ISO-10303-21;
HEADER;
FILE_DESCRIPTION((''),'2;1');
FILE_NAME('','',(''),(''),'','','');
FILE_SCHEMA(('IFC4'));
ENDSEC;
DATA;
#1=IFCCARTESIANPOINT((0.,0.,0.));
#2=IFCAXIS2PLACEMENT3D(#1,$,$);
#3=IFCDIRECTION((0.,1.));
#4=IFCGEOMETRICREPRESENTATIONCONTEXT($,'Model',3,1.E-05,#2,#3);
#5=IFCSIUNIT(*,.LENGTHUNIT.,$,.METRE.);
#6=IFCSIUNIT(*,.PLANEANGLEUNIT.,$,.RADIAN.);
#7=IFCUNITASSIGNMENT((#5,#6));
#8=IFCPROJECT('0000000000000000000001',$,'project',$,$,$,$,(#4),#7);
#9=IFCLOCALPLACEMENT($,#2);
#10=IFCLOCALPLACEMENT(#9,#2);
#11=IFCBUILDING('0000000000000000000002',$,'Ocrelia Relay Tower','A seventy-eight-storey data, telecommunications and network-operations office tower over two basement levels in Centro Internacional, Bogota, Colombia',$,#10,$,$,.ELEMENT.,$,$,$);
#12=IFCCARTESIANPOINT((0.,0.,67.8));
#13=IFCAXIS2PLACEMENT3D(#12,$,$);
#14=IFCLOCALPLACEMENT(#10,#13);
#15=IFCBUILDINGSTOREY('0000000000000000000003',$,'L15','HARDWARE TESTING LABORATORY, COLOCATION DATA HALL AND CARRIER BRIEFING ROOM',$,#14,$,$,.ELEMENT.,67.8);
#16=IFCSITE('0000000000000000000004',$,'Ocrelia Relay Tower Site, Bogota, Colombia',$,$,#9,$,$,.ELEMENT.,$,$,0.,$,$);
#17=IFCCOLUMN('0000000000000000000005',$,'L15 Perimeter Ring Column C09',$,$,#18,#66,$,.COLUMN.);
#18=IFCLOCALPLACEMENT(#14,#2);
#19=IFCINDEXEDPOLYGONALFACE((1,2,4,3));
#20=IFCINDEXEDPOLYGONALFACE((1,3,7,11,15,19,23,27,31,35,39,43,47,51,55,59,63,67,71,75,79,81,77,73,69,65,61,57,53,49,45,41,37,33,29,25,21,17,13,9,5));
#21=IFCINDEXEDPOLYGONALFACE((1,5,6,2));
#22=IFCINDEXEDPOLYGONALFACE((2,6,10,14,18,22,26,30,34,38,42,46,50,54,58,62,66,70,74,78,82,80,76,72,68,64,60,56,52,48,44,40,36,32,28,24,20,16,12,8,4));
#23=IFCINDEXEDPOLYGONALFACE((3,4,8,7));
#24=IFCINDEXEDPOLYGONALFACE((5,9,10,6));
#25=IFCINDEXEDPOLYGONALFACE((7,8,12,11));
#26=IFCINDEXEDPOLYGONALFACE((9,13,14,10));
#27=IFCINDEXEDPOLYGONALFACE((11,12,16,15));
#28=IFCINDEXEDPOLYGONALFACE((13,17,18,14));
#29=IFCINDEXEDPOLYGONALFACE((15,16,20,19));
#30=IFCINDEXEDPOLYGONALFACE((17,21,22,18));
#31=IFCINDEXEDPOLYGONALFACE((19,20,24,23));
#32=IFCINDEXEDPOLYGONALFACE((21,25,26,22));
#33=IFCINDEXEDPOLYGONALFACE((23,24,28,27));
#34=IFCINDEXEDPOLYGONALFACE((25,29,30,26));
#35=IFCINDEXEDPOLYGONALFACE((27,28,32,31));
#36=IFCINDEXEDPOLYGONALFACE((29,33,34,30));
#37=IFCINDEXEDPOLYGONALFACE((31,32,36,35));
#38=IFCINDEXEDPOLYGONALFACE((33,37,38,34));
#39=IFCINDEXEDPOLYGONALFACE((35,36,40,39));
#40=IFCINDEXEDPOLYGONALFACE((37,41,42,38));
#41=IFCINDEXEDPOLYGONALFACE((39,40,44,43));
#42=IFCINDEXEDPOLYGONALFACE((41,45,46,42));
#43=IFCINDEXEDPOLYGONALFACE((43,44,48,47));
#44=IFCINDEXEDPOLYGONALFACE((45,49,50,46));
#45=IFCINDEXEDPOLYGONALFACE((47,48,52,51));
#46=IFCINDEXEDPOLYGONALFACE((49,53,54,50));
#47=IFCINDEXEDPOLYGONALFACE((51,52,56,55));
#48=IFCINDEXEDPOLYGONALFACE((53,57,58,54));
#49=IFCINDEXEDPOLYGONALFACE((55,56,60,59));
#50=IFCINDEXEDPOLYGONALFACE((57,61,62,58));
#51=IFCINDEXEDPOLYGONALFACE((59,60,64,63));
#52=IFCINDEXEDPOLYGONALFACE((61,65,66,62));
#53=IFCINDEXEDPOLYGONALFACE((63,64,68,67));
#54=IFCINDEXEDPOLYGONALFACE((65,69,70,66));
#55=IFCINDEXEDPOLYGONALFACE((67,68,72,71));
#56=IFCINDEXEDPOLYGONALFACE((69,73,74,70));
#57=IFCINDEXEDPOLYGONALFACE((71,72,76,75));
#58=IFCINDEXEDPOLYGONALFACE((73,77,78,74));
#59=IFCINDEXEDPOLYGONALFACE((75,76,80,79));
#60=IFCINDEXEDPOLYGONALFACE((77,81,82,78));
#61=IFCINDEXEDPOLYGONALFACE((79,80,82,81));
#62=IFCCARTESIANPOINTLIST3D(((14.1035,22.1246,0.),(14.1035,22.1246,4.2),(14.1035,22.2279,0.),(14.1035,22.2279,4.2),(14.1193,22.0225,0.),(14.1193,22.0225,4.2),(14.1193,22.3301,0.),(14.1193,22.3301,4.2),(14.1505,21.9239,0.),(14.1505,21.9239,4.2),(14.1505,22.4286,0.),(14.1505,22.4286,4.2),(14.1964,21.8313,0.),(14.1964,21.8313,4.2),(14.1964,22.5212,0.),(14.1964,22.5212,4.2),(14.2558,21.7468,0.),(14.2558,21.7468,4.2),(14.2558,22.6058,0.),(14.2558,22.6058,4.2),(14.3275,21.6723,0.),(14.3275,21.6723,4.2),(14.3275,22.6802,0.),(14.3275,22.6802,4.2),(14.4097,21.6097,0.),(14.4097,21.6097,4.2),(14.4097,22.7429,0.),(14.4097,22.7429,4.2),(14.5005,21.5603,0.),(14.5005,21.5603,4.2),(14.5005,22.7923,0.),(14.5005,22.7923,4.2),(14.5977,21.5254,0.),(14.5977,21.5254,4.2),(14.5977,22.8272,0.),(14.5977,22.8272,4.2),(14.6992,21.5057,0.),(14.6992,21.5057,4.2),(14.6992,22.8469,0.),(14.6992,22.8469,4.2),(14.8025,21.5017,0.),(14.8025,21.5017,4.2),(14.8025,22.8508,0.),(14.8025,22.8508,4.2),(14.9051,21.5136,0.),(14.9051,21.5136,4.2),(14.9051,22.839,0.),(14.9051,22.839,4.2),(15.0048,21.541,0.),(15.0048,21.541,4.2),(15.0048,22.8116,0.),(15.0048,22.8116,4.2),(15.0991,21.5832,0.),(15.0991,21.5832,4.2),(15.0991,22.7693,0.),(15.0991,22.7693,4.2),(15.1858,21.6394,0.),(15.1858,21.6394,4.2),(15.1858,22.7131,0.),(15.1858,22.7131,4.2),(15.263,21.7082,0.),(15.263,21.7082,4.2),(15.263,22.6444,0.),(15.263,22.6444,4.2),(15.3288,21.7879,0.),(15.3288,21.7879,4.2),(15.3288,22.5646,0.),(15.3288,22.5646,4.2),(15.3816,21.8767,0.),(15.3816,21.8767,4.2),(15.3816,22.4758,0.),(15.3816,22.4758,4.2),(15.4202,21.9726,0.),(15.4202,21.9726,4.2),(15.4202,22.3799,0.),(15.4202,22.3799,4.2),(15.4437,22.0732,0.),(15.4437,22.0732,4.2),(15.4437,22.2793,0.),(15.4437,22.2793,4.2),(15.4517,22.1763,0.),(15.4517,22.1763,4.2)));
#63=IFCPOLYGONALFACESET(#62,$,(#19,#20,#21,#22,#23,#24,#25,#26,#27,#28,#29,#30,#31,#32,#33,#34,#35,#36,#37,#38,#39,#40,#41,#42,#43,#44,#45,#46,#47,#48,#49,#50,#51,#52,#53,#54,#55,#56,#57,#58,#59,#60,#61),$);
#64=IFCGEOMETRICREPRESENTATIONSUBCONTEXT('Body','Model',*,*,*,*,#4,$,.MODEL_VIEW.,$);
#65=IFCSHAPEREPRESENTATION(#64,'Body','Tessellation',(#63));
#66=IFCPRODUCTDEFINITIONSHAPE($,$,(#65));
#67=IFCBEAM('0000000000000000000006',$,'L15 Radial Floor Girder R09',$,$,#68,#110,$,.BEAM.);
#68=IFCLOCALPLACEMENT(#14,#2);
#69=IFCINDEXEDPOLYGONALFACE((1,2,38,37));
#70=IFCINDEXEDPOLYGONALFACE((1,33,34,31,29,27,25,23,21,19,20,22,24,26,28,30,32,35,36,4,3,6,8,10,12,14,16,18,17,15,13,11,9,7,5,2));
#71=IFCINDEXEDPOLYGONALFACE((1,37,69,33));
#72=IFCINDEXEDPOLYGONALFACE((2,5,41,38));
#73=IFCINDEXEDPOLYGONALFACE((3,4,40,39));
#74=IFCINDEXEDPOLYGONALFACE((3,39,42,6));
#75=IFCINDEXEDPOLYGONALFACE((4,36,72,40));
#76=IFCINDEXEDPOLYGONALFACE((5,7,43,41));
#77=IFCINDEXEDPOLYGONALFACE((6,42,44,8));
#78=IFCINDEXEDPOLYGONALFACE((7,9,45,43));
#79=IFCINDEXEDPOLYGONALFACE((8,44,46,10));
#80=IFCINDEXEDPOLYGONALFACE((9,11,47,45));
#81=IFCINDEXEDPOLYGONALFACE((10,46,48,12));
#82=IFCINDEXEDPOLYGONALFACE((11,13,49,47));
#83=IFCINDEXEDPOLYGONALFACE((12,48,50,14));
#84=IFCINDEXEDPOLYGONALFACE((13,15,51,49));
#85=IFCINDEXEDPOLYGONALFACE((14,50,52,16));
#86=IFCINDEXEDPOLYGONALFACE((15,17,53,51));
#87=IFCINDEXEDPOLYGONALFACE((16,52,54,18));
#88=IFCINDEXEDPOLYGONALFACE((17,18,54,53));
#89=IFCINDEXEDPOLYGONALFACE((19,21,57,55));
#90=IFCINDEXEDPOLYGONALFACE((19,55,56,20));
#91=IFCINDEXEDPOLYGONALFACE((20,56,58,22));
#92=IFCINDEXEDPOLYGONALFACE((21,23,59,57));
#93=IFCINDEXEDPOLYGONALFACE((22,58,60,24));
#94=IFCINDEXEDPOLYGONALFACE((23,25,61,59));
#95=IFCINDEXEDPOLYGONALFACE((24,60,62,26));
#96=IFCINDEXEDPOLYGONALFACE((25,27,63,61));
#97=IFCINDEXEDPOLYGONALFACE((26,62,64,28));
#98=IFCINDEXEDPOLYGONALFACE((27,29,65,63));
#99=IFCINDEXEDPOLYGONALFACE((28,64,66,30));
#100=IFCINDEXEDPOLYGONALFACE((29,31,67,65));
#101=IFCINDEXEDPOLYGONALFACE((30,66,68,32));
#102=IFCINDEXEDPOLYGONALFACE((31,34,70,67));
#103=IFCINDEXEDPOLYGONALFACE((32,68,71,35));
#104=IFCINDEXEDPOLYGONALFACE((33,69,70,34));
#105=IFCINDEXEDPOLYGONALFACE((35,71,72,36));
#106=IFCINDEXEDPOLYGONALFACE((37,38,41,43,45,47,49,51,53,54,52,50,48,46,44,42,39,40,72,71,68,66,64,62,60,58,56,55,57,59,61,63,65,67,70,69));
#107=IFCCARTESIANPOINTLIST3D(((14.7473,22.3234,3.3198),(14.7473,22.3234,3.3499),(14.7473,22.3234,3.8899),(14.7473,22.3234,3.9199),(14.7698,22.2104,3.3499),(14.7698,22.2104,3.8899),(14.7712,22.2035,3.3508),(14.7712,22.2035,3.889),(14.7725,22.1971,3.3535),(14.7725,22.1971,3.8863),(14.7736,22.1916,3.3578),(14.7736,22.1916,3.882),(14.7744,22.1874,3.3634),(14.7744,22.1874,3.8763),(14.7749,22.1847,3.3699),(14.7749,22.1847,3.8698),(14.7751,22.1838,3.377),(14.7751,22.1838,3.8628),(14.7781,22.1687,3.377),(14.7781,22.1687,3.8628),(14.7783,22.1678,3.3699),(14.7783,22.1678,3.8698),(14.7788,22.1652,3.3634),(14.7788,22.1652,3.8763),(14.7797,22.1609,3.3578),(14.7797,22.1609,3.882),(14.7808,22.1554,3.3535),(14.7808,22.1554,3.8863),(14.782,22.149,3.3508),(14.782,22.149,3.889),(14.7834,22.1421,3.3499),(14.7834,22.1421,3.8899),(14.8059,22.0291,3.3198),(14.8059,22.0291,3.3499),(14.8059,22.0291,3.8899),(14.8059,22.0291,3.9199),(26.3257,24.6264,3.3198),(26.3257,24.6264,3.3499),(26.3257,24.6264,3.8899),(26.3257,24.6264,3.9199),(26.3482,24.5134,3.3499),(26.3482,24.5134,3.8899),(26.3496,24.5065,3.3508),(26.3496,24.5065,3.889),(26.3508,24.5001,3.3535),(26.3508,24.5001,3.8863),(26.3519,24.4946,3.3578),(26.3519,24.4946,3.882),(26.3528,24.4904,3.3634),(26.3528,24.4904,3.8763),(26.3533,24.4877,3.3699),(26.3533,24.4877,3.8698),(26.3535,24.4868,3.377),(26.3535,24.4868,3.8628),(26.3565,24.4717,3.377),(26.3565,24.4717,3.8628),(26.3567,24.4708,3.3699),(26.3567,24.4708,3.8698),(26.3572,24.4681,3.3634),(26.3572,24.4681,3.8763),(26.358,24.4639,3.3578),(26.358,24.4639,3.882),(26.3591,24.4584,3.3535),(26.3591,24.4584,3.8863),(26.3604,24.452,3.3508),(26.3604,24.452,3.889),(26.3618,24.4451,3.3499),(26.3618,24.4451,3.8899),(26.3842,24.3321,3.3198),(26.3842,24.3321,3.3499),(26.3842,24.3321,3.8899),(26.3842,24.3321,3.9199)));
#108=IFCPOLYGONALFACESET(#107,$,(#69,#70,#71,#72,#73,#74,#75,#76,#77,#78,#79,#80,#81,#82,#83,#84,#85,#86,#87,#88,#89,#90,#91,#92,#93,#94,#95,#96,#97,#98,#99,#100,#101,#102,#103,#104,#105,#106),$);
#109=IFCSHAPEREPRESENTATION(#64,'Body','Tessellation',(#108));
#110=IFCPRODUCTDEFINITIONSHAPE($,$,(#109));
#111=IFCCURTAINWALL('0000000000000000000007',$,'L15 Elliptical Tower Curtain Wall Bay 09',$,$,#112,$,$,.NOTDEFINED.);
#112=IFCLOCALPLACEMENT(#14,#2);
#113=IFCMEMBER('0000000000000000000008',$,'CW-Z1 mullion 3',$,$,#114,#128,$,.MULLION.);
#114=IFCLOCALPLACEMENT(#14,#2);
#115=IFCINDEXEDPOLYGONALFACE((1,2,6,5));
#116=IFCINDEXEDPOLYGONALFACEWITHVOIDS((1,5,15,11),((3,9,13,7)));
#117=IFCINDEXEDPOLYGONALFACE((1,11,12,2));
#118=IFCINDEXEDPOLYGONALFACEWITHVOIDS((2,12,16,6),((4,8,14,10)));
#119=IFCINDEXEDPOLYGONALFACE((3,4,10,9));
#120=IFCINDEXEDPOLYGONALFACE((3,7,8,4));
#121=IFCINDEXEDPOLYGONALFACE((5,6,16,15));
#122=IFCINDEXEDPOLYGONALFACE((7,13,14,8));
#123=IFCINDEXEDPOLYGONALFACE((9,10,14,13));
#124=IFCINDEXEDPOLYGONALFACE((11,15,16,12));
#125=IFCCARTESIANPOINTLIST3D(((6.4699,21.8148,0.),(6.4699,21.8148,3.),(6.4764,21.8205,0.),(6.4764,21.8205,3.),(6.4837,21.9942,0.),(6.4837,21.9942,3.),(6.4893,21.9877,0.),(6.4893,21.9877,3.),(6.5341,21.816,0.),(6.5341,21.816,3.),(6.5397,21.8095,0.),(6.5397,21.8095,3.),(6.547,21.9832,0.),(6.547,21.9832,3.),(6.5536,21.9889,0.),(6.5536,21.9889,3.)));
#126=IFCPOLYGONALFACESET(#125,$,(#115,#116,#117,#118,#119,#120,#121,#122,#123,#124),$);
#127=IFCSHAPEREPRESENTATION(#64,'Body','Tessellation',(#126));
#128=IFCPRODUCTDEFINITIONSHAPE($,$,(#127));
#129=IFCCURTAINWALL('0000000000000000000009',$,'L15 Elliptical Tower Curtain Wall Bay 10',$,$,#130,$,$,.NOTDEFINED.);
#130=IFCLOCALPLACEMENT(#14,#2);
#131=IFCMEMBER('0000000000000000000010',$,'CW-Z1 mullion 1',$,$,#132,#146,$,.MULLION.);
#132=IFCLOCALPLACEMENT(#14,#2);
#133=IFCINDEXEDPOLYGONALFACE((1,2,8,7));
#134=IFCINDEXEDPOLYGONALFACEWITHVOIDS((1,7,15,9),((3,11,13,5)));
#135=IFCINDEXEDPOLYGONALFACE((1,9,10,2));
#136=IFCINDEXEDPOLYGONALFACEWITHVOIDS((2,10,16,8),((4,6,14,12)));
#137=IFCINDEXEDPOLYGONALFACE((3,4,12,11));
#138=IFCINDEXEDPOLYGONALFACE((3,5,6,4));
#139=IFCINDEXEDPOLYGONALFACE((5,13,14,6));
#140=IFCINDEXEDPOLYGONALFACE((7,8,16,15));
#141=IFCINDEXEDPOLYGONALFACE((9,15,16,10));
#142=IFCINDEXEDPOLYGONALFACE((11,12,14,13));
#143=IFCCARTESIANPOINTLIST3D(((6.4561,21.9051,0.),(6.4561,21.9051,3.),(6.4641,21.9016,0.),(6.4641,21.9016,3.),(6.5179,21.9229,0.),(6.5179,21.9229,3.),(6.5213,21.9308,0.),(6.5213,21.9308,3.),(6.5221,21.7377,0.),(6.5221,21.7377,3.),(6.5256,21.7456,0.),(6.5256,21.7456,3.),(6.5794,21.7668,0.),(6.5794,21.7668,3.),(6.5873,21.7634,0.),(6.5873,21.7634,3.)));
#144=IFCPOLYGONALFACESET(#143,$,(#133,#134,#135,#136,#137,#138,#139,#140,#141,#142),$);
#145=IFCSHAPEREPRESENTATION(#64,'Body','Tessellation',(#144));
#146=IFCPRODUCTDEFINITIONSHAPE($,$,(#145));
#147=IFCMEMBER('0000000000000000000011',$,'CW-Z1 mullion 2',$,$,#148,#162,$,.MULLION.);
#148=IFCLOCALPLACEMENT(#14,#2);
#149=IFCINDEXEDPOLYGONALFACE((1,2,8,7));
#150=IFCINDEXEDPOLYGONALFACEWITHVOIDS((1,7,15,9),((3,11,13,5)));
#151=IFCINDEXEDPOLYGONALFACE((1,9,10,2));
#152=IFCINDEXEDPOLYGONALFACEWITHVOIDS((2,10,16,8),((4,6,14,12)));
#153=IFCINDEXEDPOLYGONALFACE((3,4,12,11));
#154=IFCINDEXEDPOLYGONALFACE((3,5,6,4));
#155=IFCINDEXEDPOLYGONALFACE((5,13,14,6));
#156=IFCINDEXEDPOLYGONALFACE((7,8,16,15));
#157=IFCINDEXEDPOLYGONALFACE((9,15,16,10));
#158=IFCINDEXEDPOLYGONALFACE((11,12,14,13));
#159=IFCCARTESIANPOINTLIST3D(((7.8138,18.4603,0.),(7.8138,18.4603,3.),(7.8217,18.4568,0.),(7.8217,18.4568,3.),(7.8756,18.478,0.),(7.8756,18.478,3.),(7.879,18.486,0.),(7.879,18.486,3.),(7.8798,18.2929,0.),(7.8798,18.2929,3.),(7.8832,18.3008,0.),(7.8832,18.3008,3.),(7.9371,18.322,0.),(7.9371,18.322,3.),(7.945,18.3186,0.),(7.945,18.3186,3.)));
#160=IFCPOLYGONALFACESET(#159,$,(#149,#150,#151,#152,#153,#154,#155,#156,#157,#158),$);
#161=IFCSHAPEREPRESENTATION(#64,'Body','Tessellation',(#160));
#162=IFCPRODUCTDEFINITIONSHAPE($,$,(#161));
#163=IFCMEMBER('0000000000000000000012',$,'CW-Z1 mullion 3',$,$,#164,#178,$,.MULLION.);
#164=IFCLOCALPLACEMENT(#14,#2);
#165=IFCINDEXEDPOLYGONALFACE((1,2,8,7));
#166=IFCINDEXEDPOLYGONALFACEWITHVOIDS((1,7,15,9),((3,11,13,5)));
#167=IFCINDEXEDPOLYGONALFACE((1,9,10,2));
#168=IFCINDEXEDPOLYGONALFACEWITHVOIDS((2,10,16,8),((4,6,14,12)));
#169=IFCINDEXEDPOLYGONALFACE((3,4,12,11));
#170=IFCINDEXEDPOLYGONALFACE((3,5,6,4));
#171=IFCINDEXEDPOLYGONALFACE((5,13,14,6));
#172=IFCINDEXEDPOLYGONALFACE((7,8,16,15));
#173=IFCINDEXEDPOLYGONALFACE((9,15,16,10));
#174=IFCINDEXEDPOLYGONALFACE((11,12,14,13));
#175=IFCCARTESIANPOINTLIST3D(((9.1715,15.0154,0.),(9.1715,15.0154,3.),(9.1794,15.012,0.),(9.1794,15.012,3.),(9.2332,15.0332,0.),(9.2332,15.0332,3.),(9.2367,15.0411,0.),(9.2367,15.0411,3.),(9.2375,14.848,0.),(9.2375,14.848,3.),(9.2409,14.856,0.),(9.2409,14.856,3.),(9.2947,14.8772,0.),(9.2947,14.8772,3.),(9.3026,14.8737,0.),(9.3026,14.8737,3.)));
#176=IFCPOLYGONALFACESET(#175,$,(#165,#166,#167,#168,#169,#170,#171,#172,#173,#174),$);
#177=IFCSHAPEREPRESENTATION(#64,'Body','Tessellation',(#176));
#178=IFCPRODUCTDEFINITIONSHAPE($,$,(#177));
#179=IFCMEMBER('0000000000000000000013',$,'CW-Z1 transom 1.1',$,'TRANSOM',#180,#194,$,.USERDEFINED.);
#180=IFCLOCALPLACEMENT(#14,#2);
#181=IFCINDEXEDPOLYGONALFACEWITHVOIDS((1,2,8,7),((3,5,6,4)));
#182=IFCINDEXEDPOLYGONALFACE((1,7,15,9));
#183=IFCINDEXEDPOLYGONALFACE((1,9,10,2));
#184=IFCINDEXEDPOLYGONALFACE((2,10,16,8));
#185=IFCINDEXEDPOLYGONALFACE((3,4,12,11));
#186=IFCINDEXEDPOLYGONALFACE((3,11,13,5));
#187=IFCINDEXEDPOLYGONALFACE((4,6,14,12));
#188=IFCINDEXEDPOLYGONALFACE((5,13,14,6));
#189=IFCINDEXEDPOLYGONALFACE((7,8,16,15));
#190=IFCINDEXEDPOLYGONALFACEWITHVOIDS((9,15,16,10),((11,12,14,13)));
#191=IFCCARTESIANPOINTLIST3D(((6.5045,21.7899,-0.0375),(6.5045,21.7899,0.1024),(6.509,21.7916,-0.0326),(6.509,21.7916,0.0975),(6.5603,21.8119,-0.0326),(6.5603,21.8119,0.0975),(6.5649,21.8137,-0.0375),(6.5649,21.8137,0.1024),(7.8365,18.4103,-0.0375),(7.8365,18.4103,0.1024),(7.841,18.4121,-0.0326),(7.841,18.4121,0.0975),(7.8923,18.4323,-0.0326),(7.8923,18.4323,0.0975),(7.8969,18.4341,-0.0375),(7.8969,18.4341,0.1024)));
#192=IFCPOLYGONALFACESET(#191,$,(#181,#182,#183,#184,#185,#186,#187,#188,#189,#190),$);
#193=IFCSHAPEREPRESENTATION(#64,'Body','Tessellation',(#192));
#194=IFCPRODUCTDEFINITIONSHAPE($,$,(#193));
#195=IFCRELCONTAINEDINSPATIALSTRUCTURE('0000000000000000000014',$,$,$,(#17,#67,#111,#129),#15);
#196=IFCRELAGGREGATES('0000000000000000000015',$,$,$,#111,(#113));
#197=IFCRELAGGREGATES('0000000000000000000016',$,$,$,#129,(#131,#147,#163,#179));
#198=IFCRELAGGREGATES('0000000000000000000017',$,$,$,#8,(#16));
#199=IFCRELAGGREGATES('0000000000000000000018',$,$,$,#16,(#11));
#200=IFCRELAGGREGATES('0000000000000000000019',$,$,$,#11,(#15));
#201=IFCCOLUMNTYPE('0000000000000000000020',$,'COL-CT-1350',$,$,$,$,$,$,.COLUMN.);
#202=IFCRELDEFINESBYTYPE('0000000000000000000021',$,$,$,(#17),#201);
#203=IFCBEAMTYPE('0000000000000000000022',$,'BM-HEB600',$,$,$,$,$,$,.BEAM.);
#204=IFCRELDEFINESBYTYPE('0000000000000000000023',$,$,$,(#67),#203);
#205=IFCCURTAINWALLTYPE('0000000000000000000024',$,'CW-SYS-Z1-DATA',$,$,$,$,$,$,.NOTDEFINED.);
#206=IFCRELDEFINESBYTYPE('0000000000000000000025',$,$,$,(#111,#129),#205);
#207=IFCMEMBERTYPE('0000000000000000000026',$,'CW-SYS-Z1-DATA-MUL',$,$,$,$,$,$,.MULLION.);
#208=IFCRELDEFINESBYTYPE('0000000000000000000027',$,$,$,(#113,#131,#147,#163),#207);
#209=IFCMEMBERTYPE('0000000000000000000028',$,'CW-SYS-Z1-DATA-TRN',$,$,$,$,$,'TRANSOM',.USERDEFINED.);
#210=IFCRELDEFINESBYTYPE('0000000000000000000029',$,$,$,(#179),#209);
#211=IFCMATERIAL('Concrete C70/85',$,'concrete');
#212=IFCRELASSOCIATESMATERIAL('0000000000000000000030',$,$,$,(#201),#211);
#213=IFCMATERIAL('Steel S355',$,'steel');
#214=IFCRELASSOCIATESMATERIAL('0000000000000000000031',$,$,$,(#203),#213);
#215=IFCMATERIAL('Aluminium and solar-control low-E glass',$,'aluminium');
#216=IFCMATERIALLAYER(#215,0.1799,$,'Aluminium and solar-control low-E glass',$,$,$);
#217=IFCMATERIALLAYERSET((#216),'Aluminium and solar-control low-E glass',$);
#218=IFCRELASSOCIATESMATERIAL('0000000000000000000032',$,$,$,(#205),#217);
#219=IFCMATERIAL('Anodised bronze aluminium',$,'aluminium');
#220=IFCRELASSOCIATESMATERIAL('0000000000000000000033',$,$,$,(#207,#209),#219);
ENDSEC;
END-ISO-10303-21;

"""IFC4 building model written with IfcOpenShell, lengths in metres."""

from ifc_helpers import new_model, si_unit, direction, frame, origin, origin_2d, place, context, subcontext, project, spatial, hollow_rectangle, circle, i_section, extrude, material, layer, layer_set, material_profile, profile_set, type_object, element, aggregate, save


model = new_model("IFC4")

# Units and contexts
model_context = context("Model", 3, precision=1e-05, world=origin(), true_north=direction((0.0, 1.0)))
body_context = subcontext(model_context, "Body", "Model", "MODEL_VIEW")
ifc_project = project(units=[si_unit("LENGTHUNIT", "METRE"), si_unit("PLANEANGLEUNIT", "RADIAN")], contexts=[model_context])

# Site, building, storey
site_placement = place(None, origin())
site = spatial("IfcSite", under=ifc_project, at=site_placement, Name="Ocrelia Relay Tower Site, Bogota, Colombia", CompositionType="ELEMENT", RefElevation=0.0)
building_placement = place(site_placement, origin())
building = spatial("IfcBuilding", under=site, at=building_placement, Name="Ocrelia Relay Tower", Description="A seventy-eight-storey data, telecommunications and network-operations office tower over two basement levels in Centro Internacional, Bogota, Colombia", CompositionType="ELEMENT")
storey_placement = place(building_placement, frame((0.0, 0.0, 67.8)))
storey = spatial("IfcBuildingStorey", under=building, at=storey_placement, Name="L15", Description="HARDWARE TESTING LABORATORY, COLOCATION DATA HALL AND CARRIER BRIEFING ROOM", CompositionType="ELEMENT", Elevation=67.8)

# Column
ifc_material_1 = material(Name="Concrete C70/85", Category="concrete")
ifc_material_profile_1 = material_profile(ifc_material_1, circle(Radius=0.675, at=origin_2d()), Name="RC-CIR-1350")
ifc_profile_set_1 = profile_set([ifc_material_profile_1], Name="Concrete C70/85")
column_type = type_object("IfcColumnType", Name="COL-CT-1350", PredefinedType="COLUMN", material=ifc_profile_set_1)
column_placement = place(storey_placement, frame((14.7766, 22.1763, 0.0), z_axis=(0.0, 0.0, 1.0), x_axis=(1.0, 0.0, 0.0)))
element("IfcColumn", 1, at=column_placement, inside=storey, type_object=column_type, Name="L15 Perimeter Ring Column C09", PredefinedType="COLUMN", context=body_context, shape_type="SweptSolid", body=[
    extrude(circle(Radius=0.675, at=origin_2d()), origin(), (0.0, 0.0, 1.0), 4.2),
])

# Beam
ifc_material_2 = material(Name="Steel S355", Category="steel")
ifc_material_profile_2 = material_profile(ifc_material_2, i_section(OverallWidth=0.3, OverallDepth=0.6001, WebThickness=0.0154, FlangeThickness=0.03, FilletRadius=0.0271, at=origin_2d()), Name="HEB 600")
ifc_profile_set_2 = profile_set([ifc_material_profile_2], Name="Steel S355")
beam_type = type_object("IfcBeamType", Name="BM-HEB600", PredefinedType="BEAM", material=ifc_profile_set_2)
beam_placement = place(storey_placement, frame((14.7766, 22.1763, 3.6199), z_axis=(0.980787, 0.195082, 0.0), x_axis=(-0.195082, 0.980787, 0.0)))
element("IfcBeam", 2, at=beam_placement, inside=storey, type_object=beam_type, Name="L15 Radial Floor Girder R09", PredefinedType="BEAM", context=body_context, shape_type="SweptSolid", body=[
    extrude(i_section(OverallWidth=0.3, OverallDepth=0.6001, WebThickness=0.0154, FlangeThickness=0.03, FilletRadius=0.0271, at=origin_2d()), origin(), (0.0, 0.0, 1.0), 11.8052),
])

# Curtain wall, member
ifc_material_3 = material(Name="Aluminium and solar-control low-E glass", Category="aluminium")
ifc_layer_1 = layer(ifc_material_3, 0.1799, Name="Aluminium and solar-control low-E glass")
ifc_layer_set_1 = layer_set([ifc_layer_1], Name="Aluminium and solar-control low-E glass")
curtain_wall_type = type_object("IfcCurtainWallType", Name="CW-SYS-Z1-DATA", PredefinedType="NOTDEFINED", material=ifc_layer_set_1)
curtain_wall_1_placement = place(storey_placement, origin())
curtain_wall_1 = element("IfcCurtainWall", 3, at=curtain_wall_1_placement, inside=storey, type_object=curtain_wall_type, Name="L15 Elliptical Tower Curtain Wall Bay 09", PredefinedType="NOTDEFINED")
ifc_material_4 = material(Name="Anodised bronze aluminium", Category="aluminium")
ifc_material_profile_3 = material_profile(ifc_material_4, hollow_rectangle(XDim=0.0701, YDim=0.1799, WallThickness=0.0061, at=origin_2d()), Name="CW-MUL-180x70")
ifc_profile_set_3 = profile_set([ifc_material_profile_3], Name="Anodised bronze aluminium")
member_type_1 = type_object("IfcMemberType", Name="CW-SYS-Z1-DATA-MUL", PredefinedType="MULLION", material=ifc_profile_set_3)
member_1_placement = place(storey_placement, frame((6.5117, 21.9019, 0.0), z_axis=(0.0, 0.0, 1.0), x_axis=(0.997039, -0.076892, 0.0)))
member_1 = element("IfcMember", 4, at=member_1_placement, type_object=member_type_1, Name="CW-Z1 mullion 3", PredefinedType="MULLION", context=body_context, shape_type="SweptSolid", body=[
    extrude(hollow_rectangle(XDim=0.0701, YDim=0.1799, WallThickness=0.0061, at=origin_2d()), origin(), (0.0, 0.0, 1.0), 3.0),
])
aggregate(curtain_wall_1, [member_1])

# Curtain wall, members
curtain_wall_2_placement = place(storey_placement, origin())
curtain_wall_2 = element("IfcCurtainWall", 5, at=curtain_wall_2_placement, inside=storey, type_object=curtain_wall_type, Name="L15 Elliptical Tower Curtain Wall Bay 10", PredefinedType="NOTDEFINED")
member_2_placement = place(storey_placement, frame((6.5217, 21.8342, 0.0), z_axis=(0.0, 0.0, 1.0), x_axis=(0.930352, 0.366667, 0.0)))
member_2 = element("IfcMember", 6, at=member_2_placement, type_object=member_type_1, Name="CW-Z1 mullion 1", PredefinedType="MULLION", context=body_context, shape_type="SweptSolid", body=[
    extrude(hollow_rectangle(XDim=0.0701, YDim=0.1799, WallThickness=0.0061, at=origin_2d()), origin(), (0.0, 0.0, 1.0), 3.0),
])
member_3_placement = place(storey_placement, frame((7.8794, 18.3894, 0.0), z_axis=(0.0, 0.0, 1.0), x_axis=(0.930352, 0.366667, 0.0)))
member_3 = element("IfcMember", 7, at=member_3_placement, type_object=member_type_1, Name="CW-Z1 mullion 2", PredefinedType="MULLION", context=body_context, shape_type="SweptSolid", body=[
    extrude(hollow_rectangle(XDim=0.0701, YDim=0.1799, WallThickness=0.0061, at=origin_2d()), origin(), (0.0, 0.0, 1.0), 3.0),
])
member_4_placement = place(storey_placement, frame((9.2371, 14.9446, 0.0), z_axis=(0.0, 0.0, 1.0), x_axis=(0.930352, 0.366667, 0.0)))
member_4 = element("IfcMember", 8, at=member_4_placement, type_object=member_type_1, Name="CW-Z1 mullion 3", PredefinedType="MULLION", context=body_context, shape_type="SweptSolid", body=[
    extrude(hollow_rectangle(XDim=0.0701, YDim=0.1799, WallThickness=0.0061, at=origin_2d()), origin(), (0.0, 0.0, 1.0), 3.0),
])
ifc_material_profile_4 = material_profile(ifc_material_4, hollow_rectangle(XDim=0.0649, YDim=0.1399, WallThickness=0.0049, at=origin_2d()), Name="CW-TRN-140x65")
ifc_profile_set_4 = profile_set([ifc_material_profile_4], Name="Anodised bronze aluminium")
member_type_2 = type_object("IfcMemberType", Name="CW-SYS-Z1-DATA-TRN", ElementType="TRANSOM", PredefinedType="USERDEFINED", material=ifc_profile_set_4)
member_5_placement = place(storey_placement, frame((6.5347, 21.8018, 0.0325), z_axis=(0.366681, -0.930347, 0.0), x_axis=(0.930347, 0.366681, 0.0)))
member_5 = element("IfcMember", 9, at=member_5_placement, type_object=member_type_2, Name="CW-Z1 transom 1.1", ObjectType="TRANSOM", PredefinedType="USERDEFINED", context=body_context, shape_type="SweptSolid", body=[
    extrude(hollow_rectangle(XDim=0.0649, YDim=0.1399, WallThickness=0.0049, at=origin_2d()), origin(), (0.0, 0.0, 1.0), 3.6326),
])
aggregate(curtain_wall_2, [member_2, member_3, member_4, member_5])

save(model, "model.ifc")
